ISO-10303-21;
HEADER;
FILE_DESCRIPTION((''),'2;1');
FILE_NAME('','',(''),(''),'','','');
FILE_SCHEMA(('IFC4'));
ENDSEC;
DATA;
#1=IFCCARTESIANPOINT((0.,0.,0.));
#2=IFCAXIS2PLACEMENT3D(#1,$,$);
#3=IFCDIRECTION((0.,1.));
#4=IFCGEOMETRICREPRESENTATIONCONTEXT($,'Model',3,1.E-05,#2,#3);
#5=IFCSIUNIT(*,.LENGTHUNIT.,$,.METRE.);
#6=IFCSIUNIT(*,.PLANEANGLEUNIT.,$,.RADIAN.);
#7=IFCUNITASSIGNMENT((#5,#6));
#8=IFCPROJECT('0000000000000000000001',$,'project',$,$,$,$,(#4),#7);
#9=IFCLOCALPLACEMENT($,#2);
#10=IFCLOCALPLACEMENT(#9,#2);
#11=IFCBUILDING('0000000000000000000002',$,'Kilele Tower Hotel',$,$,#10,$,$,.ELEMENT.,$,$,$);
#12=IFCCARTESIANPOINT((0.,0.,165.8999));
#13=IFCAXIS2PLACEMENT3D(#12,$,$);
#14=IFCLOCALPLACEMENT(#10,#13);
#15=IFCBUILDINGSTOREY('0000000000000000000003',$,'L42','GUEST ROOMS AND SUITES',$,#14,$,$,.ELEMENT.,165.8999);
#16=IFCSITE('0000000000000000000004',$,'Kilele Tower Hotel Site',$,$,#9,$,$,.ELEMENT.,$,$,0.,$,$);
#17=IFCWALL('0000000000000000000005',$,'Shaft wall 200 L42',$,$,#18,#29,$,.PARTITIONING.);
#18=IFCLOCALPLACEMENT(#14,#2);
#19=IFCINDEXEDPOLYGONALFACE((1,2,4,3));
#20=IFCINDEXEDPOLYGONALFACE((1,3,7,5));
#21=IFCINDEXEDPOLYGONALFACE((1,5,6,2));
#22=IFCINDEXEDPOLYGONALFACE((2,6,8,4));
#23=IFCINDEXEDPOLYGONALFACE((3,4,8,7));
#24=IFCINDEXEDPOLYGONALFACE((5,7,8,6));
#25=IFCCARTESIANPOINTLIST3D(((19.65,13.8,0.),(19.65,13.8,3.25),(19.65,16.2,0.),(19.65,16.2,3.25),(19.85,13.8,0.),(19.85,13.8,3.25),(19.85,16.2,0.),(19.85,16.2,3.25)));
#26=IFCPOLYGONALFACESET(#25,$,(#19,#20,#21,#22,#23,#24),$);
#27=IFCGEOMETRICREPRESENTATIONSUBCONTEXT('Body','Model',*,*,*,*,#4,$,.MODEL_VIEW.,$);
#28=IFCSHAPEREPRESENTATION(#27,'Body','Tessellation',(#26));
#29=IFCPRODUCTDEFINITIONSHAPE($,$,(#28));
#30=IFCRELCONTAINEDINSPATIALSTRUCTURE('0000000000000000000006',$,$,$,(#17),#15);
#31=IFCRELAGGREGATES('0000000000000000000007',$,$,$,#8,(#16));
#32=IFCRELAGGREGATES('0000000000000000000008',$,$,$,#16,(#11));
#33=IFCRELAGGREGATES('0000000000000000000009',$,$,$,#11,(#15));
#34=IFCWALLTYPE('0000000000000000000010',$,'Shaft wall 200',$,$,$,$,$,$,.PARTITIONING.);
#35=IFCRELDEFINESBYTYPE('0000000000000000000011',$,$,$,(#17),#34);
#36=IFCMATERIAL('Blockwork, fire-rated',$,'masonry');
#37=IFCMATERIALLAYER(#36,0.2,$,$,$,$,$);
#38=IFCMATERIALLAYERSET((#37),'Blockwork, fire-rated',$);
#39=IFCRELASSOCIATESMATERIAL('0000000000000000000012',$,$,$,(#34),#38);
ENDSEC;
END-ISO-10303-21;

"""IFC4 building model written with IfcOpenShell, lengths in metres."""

from ifc_helpers import new_model, si_unit, direction, frame, frame_2d, origin, place, context, subcontext, project, spatial, rectangle, extrude, material, layer, layer_set, type_object, element, save


model = new_model("IFC4")

# Units and contexts
model_context = context("Model", 3, precision=1e-05, world=origin(), true_north=direction((0.0, 1.0)))
body_context = subcontext(model_context, "Body", "Model", "MODEL_VIEW")
ifc_project = project(units=[si_unit("LENGTHUNIT", "METRE"), si_unit("PLANEANGLEUNIT", "RADIAN")], contexts=[model_context])

# Site, building, storey
site_placement = place(None, origin())
site = spatial("IfcSite", under=ifc_project, at=site_placement, Name="Kilele Tower Hotel Site", CompositionType="ELEMENT", RefElevation=0.0)
building_placement = place(site_placement, origin())
building = spatial("IfcBuilding", under=site, at=building_placement, Name="Kilele Tower Hotel", CompositionType="ELEMENT")
storey_placement = place(building_placement, frame((0.0, 0.0, 165.8999)))
storey = spatial("IfcBuildingStorey", under=building, at=storey_placement, Name="L42", Description="GUEST ROOMS AND SUITES", CompositionType="ELEMENT", Elevation=165.8999)

# Wall
ifc_material_1 = material(Name="Blockwork, fire-rated", Category="masonry")
ifc_layer_1 = layer(ifc_material_1, 0.2)
ifc_layer_set_1 = layer_set([ifc_layer_1], Name="Blockwork, fire-rated")
wall_type_1 = type_object("IfcWallType", Name="Shaft wall 200", PredefinedType="PARTITIONING", material=ifc_layer_set_1)
wall_1_placement = place(storey_placement, frame((19.75, 13.8, 0.0), z_axis=(0.0, 0.0, 1.0), x_axis=(0.0, 1.0, 0.0)))
element("IfcWall", 1, at=wall_1_placement, inside=storey, type_object=wall_type_1, Name="Shaft wall 200 L42", PredefinedType="PARTITIONING", context=body_context, shape_type="SweptSolid", body=[
    extrude(rectangle(XDim=2.3999, YDim=0.2, at=frame_2d((1.2, 0.0))), origin(), (0.0, 0.0, 1.0), 3.25),
])

save(model, "model.ifc")
